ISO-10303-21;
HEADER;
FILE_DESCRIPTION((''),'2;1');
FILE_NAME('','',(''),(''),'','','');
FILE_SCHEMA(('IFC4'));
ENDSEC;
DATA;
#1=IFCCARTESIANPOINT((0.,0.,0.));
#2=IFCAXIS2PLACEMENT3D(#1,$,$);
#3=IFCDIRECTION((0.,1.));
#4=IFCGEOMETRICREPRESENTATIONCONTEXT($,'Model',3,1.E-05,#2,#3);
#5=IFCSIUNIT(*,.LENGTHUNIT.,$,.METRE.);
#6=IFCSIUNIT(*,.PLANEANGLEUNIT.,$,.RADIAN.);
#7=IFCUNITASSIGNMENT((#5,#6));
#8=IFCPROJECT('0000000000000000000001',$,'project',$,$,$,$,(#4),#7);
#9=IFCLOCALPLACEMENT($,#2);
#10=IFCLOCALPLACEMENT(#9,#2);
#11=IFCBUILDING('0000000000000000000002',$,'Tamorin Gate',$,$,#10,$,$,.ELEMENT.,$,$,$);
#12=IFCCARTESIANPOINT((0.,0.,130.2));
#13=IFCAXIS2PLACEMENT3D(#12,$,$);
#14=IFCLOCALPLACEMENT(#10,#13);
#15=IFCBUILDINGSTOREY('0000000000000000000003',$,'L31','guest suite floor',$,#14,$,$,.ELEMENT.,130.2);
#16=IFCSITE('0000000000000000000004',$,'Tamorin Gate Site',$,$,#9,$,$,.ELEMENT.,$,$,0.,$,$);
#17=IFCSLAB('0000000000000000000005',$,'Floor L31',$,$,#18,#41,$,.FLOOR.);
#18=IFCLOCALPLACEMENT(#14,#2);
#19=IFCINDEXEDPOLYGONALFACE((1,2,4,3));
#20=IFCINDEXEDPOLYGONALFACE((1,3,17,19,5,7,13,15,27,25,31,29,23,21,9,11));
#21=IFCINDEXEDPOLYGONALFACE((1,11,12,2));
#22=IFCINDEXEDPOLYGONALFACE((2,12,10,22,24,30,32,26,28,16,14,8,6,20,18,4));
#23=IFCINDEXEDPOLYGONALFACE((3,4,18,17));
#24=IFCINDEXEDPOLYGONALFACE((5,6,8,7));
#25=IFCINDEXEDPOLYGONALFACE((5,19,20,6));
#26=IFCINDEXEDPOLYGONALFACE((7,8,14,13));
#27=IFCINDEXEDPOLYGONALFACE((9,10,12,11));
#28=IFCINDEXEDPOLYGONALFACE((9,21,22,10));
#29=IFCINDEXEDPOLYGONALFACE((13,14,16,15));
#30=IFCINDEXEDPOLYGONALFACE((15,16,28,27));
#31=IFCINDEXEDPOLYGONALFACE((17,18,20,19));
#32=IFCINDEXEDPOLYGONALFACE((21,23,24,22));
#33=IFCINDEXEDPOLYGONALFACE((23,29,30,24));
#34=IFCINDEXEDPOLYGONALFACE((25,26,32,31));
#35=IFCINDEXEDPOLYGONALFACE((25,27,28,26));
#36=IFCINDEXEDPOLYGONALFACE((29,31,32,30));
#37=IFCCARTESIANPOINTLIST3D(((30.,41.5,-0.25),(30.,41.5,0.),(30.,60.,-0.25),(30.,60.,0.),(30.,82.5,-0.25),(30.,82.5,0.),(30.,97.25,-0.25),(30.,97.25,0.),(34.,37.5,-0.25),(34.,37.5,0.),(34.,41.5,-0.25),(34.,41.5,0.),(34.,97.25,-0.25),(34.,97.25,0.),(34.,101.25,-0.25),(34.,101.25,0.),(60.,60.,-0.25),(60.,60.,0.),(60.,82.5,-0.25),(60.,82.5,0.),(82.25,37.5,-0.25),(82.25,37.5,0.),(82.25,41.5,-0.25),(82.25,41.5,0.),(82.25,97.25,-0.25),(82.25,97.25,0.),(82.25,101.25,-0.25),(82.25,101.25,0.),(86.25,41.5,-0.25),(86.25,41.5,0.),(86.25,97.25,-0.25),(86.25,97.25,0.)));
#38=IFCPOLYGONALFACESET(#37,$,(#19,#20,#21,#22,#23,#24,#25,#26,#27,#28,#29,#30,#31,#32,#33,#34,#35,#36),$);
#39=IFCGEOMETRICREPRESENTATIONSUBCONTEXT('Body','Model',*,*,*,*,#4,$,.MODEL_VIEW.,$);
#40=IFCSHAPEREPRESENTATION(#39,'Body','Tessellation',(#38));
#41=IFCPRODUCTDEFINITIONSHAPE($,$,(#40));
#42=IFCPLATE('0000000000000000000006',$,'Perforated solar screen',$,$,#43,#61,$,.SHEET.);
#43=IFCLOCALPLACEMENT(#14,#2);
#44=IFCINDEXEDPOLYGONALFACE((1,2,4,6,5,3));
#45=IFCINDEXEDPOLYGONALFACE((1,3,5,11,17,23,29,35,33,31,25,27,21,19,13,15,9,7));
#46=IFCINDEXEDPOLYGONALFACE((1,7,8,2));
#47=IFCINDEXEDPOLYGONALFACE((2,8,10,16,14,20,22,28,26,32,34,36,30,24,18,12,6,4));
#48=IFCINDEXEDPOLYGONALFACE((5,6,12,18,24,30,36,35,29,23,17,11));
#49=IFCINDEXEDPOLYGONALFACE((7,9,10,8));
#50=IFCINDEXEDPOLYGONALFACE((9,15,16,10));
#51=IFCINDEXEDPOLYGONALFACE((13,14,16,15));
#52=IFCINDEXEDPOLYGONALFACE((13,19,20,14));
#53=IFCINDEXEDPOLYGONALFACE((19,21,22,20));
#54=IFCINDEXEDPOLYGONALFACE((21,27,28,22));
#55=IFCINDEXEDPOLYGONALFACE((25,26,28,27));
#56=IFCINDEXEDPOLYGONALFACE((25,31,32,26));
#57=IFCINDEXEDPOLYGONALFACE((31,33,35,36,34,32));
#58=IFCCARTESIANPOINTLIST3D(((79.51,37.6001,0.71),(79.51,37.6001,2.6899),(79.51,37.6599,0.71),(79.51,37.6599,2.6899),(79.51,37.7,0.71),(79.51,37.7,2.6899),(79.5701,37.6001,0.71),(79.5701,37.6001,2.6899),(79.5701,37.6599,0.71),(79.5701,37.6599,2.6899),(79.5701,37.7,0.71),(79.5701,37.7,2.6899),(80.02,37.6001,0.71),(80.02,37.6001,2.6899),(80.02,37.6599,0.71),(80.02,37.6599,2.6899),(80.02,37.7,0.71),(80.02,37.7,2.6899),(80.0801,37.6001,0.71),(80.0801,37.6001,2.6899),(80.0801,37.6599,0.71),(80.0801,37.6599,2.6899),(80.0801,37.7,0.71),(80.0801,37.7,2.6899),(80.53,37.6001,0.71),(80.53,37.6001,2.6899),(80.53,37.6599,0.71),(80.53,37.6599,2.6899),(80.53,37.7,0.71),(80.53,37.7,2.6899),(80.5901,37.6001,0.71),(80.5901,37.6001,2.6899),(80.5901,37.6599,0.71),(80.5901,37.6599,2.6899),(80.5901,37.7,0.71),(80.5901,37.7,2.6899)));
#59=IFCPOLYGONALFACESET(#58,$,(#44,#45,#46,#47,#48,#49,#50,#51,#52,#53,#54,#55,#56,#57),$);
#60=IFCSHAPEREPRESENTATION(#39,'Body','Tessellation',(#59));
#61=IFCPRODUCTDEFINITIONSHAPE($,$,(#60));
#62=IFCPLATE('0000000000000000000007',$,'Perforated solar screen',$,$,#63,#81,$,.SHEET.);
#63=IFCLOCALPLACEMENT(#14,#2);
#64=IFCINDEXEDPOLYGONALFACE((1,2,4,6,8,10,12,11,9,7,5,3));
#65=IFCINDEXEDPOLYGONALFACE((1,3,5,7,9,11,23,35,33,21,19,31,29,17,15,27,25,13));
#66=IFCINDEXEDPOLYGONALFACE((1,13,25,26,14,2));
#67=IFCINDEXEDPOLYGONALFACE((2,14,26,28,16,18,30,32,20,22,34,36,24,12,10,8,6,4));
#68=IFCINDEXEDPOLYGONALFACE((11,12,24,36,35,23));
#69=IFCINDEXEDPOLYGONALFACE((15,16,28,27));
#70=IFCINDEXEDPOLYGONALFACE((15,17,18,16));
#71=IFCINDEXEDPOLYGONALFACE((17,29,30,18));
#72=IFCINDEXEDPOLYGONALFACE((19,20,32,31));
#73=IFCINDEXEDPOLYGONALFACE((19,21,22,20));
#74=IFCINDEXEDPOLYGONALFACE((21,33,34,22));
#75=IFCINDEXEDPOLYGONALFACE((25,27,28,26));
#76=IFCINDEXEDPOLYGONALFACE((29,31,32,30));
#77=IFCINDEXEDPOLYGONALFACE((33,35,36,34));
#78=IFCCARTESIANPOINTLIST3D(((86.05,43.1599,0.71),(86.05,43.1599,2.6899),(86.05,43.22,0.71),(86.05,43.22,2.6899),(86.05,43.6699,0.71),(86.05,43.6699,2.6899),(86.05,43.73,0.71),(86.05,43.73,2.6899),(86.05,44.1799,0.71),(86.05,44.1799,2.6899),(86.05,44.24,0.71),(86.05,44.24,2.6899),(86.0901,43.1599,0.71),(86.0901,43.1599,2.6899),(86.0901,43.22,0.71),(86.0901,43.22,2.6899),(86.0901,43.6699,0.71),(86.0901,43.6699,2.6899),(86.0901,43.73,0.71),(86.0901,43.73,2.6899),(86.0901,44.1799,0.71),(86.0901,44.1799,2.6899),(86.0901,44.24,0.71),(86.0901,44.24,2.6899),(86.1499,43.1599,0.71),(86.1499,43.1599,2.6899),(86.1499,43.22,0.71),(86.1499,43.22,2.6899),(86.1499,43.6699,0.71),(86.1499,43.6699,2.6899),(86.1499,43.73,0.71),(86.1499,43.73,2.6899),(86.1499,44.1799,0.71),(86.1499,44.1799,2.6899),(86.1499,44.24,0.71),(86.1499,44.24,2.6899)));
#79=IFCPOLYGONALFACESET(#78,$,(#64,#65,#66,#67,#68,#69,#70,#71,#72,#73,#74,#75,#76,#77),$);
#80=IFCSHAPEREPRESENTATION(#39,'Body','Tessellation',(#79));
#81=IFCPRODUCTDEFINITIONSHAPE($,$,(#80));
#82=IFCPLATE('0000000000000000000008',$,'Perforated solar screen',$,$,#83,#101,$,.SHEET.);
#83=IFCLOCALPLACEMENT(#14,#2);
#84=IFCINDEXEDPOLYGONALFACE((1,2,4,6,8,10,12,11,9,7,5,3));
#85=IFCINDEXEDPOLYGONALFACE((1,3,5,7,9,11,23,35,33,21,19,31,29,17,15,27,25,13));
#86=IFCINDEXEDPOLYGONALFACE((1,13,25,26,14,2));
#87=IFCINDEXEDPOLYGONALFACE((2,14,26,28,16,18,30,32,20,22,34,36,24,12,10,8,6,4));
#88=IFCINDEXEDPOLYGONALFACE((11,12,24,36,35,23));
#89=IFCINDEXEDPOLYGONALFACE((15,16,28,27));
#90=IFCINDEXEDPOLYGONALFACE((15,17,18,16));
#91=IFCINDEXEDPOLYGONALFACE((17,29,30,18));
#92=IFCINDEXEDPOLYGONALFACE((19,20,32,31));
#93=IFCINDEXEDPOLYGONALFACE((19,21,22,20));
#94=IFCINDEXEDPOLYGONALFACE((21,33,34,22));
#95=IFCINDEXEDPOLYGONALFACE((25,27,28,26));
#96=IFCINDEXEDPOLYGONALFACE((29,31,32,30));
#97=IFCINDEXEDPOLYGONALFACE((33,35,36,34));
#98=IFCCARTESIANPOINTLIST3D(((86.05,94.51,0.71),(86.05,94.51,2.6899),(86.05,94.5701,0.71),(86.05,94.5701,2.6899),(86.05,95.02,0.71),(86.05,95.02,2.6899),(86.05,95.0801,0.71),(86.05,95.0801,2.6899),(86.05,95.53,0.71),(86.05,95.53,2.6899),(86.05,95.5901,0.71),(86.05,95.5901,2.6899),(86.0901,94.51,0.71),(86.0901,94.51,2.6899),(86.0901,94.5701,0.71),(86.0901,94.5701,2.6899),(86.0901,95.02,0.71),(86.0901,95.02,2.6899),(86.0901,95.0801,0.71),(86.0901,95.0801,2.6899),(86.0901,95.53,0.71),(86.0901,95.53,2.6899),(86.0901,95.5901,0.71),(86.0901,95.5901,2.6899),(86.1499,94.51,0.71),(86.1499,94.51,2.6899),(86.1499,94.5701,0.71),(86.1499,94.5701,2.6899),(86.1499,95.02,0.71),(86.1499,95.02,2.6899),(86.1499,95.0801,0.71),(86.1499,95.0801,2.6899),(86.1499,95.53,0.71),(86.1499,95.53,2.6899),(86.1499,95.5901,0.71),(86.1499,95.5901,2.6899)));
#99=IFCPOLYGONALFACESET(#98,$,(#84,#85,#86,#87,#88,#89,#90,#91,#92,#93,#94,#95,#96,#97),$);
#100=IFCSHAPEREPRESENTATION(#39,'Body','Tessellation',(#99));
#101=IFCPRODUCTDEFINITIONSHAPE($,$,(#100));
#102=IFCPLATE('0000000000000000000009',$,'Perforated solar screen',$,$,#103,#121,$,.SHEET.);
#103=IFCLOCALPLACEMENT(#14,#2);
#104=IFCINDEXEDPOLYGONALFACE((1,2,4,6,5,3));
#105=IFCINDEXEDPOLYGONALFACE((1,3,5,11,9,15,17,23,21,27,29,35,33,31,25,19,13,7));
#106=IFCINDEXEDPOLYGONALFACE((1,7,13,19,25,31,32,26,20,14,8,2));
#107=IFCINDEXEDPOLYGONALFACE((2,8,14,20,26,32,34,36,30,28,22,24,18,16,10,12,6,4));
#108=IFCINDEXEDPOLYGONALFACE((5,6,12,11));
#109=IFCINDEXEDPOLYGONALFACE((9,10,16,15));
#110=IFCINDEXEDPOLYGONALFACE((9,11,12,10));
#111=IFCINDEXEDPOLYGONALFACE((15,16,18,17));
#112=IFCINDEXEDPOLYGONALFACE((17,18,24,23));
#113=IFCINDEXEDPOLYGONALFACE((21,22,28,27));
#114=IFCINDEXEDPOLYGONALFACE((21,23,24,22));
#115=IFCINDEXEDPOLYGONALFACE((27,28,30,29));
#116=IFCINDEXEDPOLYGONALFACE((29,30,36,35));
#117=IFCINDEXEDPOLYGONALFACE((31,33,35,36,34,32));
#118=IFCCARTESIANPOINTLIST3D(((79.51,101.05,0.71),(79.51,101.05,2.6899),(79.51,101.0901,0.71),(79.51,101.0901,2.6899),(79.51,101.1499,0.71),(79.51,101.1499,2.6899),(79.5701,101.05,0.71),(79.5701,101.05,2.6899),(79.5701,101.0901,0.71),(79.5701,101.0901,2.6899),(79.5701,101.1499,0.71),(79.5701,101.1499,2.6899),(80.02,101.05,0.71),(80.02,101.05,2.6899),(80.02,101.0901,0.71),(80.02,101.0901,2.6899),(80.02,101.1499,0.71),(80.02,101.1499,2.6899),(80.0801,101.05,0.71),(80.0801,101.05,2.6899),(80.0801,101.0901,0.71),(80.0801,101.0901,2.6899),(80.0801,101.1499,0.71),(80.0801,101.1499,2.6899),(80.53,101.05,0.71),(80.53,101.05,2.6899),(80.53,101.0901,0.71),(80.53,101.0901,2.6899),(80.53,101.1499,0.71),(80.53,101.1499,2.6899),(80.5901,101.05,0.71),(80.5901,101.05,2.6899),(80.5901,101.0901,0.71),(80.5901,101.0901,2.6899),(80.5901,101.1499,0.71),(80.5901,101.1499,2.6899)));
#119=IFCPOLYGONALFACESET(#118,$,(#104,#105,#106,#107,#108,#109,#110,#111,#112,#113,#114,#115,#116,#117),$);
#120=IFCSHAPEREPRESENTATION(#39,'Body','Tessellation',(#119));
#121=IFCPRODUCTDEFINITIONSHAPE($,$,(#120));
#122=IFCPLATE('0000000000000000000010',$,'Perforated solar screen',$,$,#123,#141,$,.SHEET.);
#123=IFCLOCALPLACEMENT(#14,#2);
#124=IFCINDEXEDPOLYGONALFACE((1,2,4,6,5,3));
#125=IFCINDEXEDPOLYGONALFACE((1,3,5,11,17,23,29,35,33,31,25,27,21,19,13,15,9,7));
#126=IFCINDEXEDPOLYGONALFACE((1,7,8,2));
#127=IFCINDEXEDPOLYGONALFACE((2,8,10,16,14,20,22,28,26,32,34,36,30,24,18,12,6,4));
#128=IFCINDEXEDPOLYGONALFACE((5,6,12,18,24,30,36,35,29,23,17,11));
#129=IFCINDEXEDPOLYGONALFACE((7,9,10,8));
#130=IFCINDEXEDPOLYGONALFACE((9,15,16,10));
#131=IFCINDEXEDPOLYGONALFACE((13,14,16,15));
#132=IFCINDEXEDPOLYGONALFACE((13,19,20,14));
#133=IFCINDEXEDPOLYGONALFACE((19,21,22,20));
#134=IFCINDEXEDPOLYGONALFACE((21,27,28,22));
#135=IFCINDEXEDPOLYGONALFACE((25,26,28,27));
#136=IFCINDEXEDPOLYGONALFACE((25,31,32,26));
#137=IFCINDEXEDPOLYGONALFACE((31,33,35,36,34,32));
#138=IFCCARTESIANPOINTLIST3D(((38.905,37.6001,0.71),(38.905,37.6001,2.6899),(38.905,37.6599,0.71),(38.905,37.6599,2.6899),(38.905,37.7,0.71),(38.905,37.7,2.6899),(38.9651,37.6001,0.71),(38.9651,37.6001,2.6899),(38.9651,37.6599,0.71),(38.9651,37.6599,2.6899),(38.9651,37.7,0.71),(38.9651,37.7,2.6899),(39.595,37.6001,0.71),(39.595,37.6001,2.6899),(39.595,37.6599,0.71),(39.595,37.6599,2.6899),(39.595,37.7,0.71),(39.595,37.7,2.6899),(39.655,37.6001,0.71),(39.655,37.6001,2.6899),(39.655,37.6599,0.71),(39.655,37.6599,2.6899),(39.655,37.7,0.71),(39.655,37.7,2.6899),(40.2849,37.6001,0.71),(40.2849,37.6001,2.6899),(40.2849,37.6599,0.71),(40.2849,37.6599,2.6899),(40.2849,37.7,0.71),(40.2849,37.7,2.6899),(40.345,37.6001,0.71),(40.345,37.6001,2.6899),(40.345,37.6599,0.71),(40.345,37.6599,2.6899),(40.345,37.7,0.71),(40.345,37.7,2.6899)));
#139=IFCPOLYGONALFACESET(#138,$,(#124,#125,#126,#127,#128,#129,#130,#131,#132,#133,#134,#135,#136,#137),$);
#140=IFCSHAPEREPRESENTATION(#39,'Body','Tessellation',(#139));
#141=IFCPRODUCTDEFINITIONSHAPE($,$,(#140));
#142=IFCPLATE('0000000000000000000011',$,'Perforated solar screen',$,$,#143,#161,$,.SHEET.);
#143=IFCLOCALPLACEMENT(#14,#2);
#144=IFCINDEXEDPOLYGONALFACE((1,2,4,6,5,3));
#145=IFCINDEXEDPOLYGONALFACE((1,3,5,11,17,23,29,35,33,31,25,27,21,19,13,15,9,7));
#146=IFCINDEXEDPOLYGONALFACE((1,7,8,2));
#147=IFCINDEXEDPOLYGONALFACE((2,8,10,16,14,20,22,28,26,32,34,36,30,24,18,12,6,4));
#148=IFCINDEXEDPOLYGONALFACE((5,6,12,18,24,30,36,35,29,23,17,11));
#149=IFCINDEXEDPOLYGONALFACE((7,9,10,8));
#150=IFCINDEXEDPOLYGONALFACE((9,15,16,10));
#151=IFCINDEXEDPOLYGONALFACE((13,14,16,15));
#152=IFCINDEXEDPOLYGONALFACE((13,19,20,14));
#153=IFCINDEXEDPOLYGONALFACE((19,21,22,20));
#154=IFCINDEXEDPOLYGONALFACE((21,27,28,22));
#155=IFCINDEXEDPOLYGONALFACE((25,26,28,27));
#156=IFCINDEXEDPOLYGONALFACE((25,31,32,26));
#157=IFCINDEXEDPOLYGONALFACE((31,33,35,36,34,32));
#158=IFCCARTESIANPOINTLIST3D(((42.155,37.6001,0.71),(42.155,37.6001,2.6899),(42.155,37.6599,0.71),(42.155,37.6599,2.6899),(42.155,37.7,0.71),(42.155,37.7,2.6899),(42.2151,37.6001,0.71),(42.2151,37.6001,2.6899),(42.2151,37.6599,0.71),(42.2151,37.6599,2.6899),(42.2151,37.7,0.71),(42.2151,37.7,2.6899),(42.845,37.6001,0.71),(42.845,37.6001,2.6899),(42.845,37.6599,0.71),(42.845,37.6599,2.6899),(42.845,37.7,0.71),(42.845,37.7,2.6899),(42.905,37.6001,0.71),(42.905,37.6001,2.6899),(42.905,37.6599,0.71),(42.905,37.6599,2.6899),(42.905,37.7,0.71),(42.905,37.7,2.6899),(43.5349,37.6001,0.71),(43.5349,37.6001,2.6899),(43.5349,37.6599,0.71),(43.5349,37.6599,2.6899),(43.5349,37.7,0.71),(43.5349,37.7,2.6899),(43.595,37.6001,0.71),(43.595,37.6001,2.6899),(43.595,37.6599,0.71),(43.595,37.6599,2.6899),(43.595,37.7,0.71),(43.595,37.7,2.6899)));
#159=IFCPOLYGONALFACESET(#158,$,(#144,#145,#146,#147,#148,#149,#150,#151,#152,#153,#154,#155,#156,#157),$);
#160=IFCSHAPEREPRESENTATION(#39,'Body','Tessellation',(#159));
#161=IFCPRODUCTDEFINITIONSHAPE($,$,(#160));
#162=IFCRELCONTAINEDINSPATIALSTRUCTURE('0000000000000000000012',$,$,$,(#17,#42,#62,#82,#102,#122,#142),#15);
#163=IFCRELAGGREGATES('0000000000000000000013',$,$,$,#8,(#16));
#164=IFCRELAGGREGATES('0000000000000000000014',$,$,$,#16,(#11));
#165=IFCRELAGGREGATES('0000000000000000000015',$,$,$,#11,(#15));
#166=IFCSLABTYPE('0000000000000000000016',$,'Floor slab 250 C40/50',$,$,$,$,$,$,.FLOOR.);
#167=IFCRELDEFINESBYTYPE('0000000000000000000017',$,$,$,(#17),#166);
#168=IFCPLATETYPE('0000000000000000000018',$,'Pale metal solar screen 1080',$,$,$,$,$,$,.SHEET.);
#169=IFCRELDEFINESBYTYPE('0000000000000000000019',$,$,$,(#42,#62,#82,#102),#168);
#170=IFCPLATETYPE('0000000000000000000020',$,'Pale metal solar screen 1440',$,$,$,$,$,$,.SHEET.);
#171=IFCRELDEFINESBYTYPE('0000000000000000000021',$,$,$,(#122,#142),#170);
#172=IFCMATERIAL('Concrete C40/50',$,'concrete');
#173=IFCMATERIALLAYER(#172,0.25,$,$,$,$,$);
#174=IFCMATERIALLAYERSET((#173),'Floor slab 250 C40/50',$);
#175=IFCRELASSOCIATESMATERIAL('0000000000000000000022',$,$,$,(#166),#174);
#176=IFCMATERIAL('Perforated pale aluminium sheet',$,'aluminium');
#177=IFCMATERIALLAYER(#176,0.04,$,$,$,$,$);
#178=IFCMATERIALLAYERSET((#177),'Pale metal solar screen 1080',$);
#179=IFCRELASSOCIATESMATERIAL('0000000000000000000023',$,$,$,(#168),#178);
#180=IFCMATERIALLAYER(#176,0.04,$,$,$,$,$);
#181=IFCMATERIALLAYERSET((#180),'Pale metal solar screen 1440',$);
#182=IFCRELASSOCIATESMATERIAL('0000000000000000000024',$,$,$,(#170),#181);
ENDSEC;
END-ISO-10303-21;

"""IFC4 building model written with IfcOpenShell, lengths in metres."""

from ifc_helpers import new_model, si_unit, direction, frame, origin, place, context, subcontext, project, spatial, polyline, outline, extrude, material, layer, layer_set, type_object, element, save


model = new_model("IFC4")

# Units and contexts
model_context = context("Model", 3, precision=1e-05, world=origin(), true_north=direction((0.0, 1.0)))
body_context = subcontext(model_context, "Body", "Model", "MODEL_VIEW")
ifc_project = project(units=[si_unit("LENGTHUNIT", "METRE"), si_unit("PLANEANGLEUNIT", "RADIAN")], contexts=[model_context])

# Site, building, storey
site_placement = place(None, origin())
site = spatial("IfcSite", under=ifc_project, at=site_placement, Name="Tamorin Gate Site", CompositionType="ELEMENT", RefElevation=0.0)
building_placement = place(site_placement, origin())
building = spatial("IfcBuilding", under=site, at=building_placement, Name="Tamorin Gate", CompositionType="ELEMENT")
storey_placement = place(building_placement, frame((0.0, 0.0, 130.2)))
storey = spatial("IfcBuildingStorey", under=building, at=storey_placement, Name="L31", Description="guest suite floor", CompositionType="ELEMENT", Elevation=130.2)

# Slab
ifc_material_1 = material(Name="Concrete C40/50", Category="concrete")
ifc_layer_1 = layer(ifc_material_1, 0.25)
ifc_layer_set_1 = layer_set([ifc_layer_1], Name="Floor slab 250 C40/50")
slab_type = type_object("IfcSlabType", Name="Floor slab 250 C40/50", PredefinedType="FLOOR", material=ifc_layer_set_1)
slab_placement = place(storey_placement, frame((0.0, 0.0, -0.25)))
element("IfcSlab", 1, at=slab_placement, inside=storey, type_object=slab_type, Name="Floor L31", PredefinedType="FLOOR", context=body_context, shape_type="SweptSolid", body=[
    extrude(outline(polyline([(30.0, 97.25), (34.0, 97.25), (34.0, 101.25), (82.25, 101.25), (82.25, 97.25), (86.25, 97.25), (86.25, 41.5), (82.25, 41.5), (82.25, 37.5), (34.0, 37.5), (34.0, 41.5), (30.0, 41.5), (30.0, 60.0), (60.0, 60.0), (60.0, 82.5), (30.0, 82.5), (30.0, 97.25)])), origin(), (0.0, 0.0, 1.0), 0.25),
])

# Plates
ifc_material_2 = material(Name="Perforated pale aluminium sheet", Category="aluminium")
ifc_layer_2 = layer(ifc_material_2, 0.04)
ifc_layer_set_2 = layer_set([ifc_layer_2], Name="Pale metal solar screen 1080")
plate_type_1 = type_object("IfcPlateType", Name="Pale metal solar screen 1080", PredefinedType="SHEET", material=ifc_layer_set_2)
plate_1_placement = place(storey_placement, frame((0.0, 0.0, 0.71)))
element("IfcPlate", 2, at=plate_1_placement, inside=storey, type_object=plate_type_1, Name="Perforated solar screen", PredefinedType="SHEET", context=body_context, shape_type="SweptSolid", body=[
    extrude(outline(polyline([(79.51, 37.6599), (79.51, 37.7), (79.5701, 37.7), (80.02, 37.7), (80.0801, 37.7), (80.53, 37.7), (80.5901, 37.7), (80.5901, 37.6599), (80.5901, 37.6001), (80.53, 37.6001), (80.53, 37.6599), (80.0801, 37.6599), (80.0801, 37.6001), (80.02, 37.6001), (80.02, 37.6599), (79.5701, 37.6599), (79.5701, 37.6001), (79.51, 37.6001), (79.51, 37.6599)])), origin(), (0.0, 0.0, 1.0), 1.98),
])
plate_2_placement = place(storey_placement, frame((0.0, 0.0, 0.71)))
element("IfcPlate", 3, at=plate_2_placement, inside=storey, type_object=plate_type_1, Name="Perforated solar screen", PredefinedType="SHEET", context=body_context, shape_type="SweptSolid", body=[
    extrude(outline(polyline([(86.0901, 43.1599), (86.05, 43.1599), (86.05, 43.22), (86.05, 43.6699), (86.05, 43.73), (86.05, 44.1799), (86.05, 44.24), (86.0901, 44.24), (86.1499, 44.24), (86.1499, 44.1799), (86.0901, 44.1799), (86.0901, 43.73), (86.1499, 43.73), (86.1499, 43.6699), (86.0901, 43.6699), (86.0901, 43.22), (86.1499, 43.22), (86.1499, 43.1599), (86.0901, 43.1599)])), origin(), (0.0, 0.0, 1.0), 1.98),
])
plate_3_placement = place(storey_placement, frame((0.0, 0.0, 0.71)))
element("IfcPlate", 4, at=plate_3_placement, inside=storey, type_object=plate_type_1, Name="Perforated solar screen", PredefinedType="SHEET", context=body_context, shape_type="SweptSolid", body=[
    extrude(outline(polyline([(86.0901, 94.51), (86.05, 94.51), (86.05, 94.5701), (86.05, 95.02), (86.05, 95.0801), (86.05, 95.53), (86.05, 95.5901), (86.0901, 95.5901), (86.1499, 95.5901), (86.1499, 95.53), (86.0901, 95.53), (86.0901, 95.0801), (86.1499, 95.0801), (86.1499, 95.02), (86.0901, 95.02), (86.0901, 94.5701), (86.1499, 94.5701), (86.1499, 94.51), (86.0901, 94.51)])), origin(), (0.0, 0.0, 1.0), 1.98),
])
plate_4_placement = place(storey_placement, frame((0.0, 0.0, 0.71)))
element("IfcPlate", 5, at=plate_4_placement, inside=storey, type_object=plate_type_1, Name="Perforated solar screen", PredefinedType="SHEET", context=body_context, shape_type="SweptSolid", body=[
    extrude(outline(polyline([(80.5901, 101.0901), (80.5901, 101.05), (80.53, 101.05), (80.0801, 101.05), (80.02, 101.05), (79.5701, 101.05), (79.51, 101.05), (79.51, 101.0901), (79.51, 101.1499), (79.5701, 101.1499), (79.5701, 101.0901), (80.02, 101.0901), (80.02, 101.1499), (80.0801, 101.1499), (80.0801, 101.0901), (80.53, 101.0901), (80.53, 101.1499), (80.5901, 101.1499), (80.5901, 101.0901)])), origin(), (0.0, 0.0, 1.0), 1.98),
])
ifc_layer_3 = layer(ifc_material_2, 0.04)
ifc_layer_set_3 = layer_set([ifc_layer_3], Name="Pale metal solar screen 1440")
plate_type_2 = type_object("IfcPlateType", Name="Pale metal solar screen 1440", PredefinedType="SHEET", material=ifc_layer_set_3)
plate_5_placement = place(storey_placement, frame((0.0, 0.0, 0.71)))
element("IfcPlate", 6, at=plate_5_placement, inside=storey, type_object=plate_type_2, Name="Perforated solar screen", PredefinedType="SHEET", context=body_context, shape_type="SweptSolid", body=[
    extrude(outline(polyline([(38.905, 37.6599), (38.905, 37.7), (38.9651, 37.7), (39.595, 37.7), (39.655, 37.7), (40.2849, 37.7), (40.345, 37.7), (40.345, 37.7), (40.345, 37.6599), (40.345, 37.6599), (40.345, 37.6001), (40.2849, 37.6001), (40.2849, 37.6599), (39.655, 37.6599), (39.655, 37.6001), (39.595, 37.6001), (39.595, 37.6599), (38.9651, 37.6599), (38.9651, 37.6001), (38.905, 37.6001), (38.905, 37.6599)])), origin(), (0.0, 0.0, 1.0), 1.98),
])
plate_6_placement = place(storey_placement, frame((0.0, 0.0, 0.71)))
element("IfcPlate", 7, at=plate_6_placement, inside=storey, type_object=plate_type_2, Name="Perforated solar screen", PredefinedType="SHEET", context=body_context, shape_type="SweptSolid", body=[
    extrude(outline(polyline([(42.155, 37.6599), (42.155, 37.7), (42.2151, 37.7), (42.845, 37.7), (42.905, 37.7), (43.5349, 37.7), (43.595, 37.7), (43.595, 37.6599), (43.595, 37.6001), (43.5349, 37.6001), (43.5349, 37.6599), (42.905, 37.6599), (42.905, 37.6001), (42.845, 37.6001), (42.845, 37.6599), (42.2151, 37.6599), (42.2151, 37.6001), (42.155, 37.6001), (42.155, 37.6599)])), origin(), (0.0, 0.0, 1.0), 1.98),
])

save(model, "model.ifc")
